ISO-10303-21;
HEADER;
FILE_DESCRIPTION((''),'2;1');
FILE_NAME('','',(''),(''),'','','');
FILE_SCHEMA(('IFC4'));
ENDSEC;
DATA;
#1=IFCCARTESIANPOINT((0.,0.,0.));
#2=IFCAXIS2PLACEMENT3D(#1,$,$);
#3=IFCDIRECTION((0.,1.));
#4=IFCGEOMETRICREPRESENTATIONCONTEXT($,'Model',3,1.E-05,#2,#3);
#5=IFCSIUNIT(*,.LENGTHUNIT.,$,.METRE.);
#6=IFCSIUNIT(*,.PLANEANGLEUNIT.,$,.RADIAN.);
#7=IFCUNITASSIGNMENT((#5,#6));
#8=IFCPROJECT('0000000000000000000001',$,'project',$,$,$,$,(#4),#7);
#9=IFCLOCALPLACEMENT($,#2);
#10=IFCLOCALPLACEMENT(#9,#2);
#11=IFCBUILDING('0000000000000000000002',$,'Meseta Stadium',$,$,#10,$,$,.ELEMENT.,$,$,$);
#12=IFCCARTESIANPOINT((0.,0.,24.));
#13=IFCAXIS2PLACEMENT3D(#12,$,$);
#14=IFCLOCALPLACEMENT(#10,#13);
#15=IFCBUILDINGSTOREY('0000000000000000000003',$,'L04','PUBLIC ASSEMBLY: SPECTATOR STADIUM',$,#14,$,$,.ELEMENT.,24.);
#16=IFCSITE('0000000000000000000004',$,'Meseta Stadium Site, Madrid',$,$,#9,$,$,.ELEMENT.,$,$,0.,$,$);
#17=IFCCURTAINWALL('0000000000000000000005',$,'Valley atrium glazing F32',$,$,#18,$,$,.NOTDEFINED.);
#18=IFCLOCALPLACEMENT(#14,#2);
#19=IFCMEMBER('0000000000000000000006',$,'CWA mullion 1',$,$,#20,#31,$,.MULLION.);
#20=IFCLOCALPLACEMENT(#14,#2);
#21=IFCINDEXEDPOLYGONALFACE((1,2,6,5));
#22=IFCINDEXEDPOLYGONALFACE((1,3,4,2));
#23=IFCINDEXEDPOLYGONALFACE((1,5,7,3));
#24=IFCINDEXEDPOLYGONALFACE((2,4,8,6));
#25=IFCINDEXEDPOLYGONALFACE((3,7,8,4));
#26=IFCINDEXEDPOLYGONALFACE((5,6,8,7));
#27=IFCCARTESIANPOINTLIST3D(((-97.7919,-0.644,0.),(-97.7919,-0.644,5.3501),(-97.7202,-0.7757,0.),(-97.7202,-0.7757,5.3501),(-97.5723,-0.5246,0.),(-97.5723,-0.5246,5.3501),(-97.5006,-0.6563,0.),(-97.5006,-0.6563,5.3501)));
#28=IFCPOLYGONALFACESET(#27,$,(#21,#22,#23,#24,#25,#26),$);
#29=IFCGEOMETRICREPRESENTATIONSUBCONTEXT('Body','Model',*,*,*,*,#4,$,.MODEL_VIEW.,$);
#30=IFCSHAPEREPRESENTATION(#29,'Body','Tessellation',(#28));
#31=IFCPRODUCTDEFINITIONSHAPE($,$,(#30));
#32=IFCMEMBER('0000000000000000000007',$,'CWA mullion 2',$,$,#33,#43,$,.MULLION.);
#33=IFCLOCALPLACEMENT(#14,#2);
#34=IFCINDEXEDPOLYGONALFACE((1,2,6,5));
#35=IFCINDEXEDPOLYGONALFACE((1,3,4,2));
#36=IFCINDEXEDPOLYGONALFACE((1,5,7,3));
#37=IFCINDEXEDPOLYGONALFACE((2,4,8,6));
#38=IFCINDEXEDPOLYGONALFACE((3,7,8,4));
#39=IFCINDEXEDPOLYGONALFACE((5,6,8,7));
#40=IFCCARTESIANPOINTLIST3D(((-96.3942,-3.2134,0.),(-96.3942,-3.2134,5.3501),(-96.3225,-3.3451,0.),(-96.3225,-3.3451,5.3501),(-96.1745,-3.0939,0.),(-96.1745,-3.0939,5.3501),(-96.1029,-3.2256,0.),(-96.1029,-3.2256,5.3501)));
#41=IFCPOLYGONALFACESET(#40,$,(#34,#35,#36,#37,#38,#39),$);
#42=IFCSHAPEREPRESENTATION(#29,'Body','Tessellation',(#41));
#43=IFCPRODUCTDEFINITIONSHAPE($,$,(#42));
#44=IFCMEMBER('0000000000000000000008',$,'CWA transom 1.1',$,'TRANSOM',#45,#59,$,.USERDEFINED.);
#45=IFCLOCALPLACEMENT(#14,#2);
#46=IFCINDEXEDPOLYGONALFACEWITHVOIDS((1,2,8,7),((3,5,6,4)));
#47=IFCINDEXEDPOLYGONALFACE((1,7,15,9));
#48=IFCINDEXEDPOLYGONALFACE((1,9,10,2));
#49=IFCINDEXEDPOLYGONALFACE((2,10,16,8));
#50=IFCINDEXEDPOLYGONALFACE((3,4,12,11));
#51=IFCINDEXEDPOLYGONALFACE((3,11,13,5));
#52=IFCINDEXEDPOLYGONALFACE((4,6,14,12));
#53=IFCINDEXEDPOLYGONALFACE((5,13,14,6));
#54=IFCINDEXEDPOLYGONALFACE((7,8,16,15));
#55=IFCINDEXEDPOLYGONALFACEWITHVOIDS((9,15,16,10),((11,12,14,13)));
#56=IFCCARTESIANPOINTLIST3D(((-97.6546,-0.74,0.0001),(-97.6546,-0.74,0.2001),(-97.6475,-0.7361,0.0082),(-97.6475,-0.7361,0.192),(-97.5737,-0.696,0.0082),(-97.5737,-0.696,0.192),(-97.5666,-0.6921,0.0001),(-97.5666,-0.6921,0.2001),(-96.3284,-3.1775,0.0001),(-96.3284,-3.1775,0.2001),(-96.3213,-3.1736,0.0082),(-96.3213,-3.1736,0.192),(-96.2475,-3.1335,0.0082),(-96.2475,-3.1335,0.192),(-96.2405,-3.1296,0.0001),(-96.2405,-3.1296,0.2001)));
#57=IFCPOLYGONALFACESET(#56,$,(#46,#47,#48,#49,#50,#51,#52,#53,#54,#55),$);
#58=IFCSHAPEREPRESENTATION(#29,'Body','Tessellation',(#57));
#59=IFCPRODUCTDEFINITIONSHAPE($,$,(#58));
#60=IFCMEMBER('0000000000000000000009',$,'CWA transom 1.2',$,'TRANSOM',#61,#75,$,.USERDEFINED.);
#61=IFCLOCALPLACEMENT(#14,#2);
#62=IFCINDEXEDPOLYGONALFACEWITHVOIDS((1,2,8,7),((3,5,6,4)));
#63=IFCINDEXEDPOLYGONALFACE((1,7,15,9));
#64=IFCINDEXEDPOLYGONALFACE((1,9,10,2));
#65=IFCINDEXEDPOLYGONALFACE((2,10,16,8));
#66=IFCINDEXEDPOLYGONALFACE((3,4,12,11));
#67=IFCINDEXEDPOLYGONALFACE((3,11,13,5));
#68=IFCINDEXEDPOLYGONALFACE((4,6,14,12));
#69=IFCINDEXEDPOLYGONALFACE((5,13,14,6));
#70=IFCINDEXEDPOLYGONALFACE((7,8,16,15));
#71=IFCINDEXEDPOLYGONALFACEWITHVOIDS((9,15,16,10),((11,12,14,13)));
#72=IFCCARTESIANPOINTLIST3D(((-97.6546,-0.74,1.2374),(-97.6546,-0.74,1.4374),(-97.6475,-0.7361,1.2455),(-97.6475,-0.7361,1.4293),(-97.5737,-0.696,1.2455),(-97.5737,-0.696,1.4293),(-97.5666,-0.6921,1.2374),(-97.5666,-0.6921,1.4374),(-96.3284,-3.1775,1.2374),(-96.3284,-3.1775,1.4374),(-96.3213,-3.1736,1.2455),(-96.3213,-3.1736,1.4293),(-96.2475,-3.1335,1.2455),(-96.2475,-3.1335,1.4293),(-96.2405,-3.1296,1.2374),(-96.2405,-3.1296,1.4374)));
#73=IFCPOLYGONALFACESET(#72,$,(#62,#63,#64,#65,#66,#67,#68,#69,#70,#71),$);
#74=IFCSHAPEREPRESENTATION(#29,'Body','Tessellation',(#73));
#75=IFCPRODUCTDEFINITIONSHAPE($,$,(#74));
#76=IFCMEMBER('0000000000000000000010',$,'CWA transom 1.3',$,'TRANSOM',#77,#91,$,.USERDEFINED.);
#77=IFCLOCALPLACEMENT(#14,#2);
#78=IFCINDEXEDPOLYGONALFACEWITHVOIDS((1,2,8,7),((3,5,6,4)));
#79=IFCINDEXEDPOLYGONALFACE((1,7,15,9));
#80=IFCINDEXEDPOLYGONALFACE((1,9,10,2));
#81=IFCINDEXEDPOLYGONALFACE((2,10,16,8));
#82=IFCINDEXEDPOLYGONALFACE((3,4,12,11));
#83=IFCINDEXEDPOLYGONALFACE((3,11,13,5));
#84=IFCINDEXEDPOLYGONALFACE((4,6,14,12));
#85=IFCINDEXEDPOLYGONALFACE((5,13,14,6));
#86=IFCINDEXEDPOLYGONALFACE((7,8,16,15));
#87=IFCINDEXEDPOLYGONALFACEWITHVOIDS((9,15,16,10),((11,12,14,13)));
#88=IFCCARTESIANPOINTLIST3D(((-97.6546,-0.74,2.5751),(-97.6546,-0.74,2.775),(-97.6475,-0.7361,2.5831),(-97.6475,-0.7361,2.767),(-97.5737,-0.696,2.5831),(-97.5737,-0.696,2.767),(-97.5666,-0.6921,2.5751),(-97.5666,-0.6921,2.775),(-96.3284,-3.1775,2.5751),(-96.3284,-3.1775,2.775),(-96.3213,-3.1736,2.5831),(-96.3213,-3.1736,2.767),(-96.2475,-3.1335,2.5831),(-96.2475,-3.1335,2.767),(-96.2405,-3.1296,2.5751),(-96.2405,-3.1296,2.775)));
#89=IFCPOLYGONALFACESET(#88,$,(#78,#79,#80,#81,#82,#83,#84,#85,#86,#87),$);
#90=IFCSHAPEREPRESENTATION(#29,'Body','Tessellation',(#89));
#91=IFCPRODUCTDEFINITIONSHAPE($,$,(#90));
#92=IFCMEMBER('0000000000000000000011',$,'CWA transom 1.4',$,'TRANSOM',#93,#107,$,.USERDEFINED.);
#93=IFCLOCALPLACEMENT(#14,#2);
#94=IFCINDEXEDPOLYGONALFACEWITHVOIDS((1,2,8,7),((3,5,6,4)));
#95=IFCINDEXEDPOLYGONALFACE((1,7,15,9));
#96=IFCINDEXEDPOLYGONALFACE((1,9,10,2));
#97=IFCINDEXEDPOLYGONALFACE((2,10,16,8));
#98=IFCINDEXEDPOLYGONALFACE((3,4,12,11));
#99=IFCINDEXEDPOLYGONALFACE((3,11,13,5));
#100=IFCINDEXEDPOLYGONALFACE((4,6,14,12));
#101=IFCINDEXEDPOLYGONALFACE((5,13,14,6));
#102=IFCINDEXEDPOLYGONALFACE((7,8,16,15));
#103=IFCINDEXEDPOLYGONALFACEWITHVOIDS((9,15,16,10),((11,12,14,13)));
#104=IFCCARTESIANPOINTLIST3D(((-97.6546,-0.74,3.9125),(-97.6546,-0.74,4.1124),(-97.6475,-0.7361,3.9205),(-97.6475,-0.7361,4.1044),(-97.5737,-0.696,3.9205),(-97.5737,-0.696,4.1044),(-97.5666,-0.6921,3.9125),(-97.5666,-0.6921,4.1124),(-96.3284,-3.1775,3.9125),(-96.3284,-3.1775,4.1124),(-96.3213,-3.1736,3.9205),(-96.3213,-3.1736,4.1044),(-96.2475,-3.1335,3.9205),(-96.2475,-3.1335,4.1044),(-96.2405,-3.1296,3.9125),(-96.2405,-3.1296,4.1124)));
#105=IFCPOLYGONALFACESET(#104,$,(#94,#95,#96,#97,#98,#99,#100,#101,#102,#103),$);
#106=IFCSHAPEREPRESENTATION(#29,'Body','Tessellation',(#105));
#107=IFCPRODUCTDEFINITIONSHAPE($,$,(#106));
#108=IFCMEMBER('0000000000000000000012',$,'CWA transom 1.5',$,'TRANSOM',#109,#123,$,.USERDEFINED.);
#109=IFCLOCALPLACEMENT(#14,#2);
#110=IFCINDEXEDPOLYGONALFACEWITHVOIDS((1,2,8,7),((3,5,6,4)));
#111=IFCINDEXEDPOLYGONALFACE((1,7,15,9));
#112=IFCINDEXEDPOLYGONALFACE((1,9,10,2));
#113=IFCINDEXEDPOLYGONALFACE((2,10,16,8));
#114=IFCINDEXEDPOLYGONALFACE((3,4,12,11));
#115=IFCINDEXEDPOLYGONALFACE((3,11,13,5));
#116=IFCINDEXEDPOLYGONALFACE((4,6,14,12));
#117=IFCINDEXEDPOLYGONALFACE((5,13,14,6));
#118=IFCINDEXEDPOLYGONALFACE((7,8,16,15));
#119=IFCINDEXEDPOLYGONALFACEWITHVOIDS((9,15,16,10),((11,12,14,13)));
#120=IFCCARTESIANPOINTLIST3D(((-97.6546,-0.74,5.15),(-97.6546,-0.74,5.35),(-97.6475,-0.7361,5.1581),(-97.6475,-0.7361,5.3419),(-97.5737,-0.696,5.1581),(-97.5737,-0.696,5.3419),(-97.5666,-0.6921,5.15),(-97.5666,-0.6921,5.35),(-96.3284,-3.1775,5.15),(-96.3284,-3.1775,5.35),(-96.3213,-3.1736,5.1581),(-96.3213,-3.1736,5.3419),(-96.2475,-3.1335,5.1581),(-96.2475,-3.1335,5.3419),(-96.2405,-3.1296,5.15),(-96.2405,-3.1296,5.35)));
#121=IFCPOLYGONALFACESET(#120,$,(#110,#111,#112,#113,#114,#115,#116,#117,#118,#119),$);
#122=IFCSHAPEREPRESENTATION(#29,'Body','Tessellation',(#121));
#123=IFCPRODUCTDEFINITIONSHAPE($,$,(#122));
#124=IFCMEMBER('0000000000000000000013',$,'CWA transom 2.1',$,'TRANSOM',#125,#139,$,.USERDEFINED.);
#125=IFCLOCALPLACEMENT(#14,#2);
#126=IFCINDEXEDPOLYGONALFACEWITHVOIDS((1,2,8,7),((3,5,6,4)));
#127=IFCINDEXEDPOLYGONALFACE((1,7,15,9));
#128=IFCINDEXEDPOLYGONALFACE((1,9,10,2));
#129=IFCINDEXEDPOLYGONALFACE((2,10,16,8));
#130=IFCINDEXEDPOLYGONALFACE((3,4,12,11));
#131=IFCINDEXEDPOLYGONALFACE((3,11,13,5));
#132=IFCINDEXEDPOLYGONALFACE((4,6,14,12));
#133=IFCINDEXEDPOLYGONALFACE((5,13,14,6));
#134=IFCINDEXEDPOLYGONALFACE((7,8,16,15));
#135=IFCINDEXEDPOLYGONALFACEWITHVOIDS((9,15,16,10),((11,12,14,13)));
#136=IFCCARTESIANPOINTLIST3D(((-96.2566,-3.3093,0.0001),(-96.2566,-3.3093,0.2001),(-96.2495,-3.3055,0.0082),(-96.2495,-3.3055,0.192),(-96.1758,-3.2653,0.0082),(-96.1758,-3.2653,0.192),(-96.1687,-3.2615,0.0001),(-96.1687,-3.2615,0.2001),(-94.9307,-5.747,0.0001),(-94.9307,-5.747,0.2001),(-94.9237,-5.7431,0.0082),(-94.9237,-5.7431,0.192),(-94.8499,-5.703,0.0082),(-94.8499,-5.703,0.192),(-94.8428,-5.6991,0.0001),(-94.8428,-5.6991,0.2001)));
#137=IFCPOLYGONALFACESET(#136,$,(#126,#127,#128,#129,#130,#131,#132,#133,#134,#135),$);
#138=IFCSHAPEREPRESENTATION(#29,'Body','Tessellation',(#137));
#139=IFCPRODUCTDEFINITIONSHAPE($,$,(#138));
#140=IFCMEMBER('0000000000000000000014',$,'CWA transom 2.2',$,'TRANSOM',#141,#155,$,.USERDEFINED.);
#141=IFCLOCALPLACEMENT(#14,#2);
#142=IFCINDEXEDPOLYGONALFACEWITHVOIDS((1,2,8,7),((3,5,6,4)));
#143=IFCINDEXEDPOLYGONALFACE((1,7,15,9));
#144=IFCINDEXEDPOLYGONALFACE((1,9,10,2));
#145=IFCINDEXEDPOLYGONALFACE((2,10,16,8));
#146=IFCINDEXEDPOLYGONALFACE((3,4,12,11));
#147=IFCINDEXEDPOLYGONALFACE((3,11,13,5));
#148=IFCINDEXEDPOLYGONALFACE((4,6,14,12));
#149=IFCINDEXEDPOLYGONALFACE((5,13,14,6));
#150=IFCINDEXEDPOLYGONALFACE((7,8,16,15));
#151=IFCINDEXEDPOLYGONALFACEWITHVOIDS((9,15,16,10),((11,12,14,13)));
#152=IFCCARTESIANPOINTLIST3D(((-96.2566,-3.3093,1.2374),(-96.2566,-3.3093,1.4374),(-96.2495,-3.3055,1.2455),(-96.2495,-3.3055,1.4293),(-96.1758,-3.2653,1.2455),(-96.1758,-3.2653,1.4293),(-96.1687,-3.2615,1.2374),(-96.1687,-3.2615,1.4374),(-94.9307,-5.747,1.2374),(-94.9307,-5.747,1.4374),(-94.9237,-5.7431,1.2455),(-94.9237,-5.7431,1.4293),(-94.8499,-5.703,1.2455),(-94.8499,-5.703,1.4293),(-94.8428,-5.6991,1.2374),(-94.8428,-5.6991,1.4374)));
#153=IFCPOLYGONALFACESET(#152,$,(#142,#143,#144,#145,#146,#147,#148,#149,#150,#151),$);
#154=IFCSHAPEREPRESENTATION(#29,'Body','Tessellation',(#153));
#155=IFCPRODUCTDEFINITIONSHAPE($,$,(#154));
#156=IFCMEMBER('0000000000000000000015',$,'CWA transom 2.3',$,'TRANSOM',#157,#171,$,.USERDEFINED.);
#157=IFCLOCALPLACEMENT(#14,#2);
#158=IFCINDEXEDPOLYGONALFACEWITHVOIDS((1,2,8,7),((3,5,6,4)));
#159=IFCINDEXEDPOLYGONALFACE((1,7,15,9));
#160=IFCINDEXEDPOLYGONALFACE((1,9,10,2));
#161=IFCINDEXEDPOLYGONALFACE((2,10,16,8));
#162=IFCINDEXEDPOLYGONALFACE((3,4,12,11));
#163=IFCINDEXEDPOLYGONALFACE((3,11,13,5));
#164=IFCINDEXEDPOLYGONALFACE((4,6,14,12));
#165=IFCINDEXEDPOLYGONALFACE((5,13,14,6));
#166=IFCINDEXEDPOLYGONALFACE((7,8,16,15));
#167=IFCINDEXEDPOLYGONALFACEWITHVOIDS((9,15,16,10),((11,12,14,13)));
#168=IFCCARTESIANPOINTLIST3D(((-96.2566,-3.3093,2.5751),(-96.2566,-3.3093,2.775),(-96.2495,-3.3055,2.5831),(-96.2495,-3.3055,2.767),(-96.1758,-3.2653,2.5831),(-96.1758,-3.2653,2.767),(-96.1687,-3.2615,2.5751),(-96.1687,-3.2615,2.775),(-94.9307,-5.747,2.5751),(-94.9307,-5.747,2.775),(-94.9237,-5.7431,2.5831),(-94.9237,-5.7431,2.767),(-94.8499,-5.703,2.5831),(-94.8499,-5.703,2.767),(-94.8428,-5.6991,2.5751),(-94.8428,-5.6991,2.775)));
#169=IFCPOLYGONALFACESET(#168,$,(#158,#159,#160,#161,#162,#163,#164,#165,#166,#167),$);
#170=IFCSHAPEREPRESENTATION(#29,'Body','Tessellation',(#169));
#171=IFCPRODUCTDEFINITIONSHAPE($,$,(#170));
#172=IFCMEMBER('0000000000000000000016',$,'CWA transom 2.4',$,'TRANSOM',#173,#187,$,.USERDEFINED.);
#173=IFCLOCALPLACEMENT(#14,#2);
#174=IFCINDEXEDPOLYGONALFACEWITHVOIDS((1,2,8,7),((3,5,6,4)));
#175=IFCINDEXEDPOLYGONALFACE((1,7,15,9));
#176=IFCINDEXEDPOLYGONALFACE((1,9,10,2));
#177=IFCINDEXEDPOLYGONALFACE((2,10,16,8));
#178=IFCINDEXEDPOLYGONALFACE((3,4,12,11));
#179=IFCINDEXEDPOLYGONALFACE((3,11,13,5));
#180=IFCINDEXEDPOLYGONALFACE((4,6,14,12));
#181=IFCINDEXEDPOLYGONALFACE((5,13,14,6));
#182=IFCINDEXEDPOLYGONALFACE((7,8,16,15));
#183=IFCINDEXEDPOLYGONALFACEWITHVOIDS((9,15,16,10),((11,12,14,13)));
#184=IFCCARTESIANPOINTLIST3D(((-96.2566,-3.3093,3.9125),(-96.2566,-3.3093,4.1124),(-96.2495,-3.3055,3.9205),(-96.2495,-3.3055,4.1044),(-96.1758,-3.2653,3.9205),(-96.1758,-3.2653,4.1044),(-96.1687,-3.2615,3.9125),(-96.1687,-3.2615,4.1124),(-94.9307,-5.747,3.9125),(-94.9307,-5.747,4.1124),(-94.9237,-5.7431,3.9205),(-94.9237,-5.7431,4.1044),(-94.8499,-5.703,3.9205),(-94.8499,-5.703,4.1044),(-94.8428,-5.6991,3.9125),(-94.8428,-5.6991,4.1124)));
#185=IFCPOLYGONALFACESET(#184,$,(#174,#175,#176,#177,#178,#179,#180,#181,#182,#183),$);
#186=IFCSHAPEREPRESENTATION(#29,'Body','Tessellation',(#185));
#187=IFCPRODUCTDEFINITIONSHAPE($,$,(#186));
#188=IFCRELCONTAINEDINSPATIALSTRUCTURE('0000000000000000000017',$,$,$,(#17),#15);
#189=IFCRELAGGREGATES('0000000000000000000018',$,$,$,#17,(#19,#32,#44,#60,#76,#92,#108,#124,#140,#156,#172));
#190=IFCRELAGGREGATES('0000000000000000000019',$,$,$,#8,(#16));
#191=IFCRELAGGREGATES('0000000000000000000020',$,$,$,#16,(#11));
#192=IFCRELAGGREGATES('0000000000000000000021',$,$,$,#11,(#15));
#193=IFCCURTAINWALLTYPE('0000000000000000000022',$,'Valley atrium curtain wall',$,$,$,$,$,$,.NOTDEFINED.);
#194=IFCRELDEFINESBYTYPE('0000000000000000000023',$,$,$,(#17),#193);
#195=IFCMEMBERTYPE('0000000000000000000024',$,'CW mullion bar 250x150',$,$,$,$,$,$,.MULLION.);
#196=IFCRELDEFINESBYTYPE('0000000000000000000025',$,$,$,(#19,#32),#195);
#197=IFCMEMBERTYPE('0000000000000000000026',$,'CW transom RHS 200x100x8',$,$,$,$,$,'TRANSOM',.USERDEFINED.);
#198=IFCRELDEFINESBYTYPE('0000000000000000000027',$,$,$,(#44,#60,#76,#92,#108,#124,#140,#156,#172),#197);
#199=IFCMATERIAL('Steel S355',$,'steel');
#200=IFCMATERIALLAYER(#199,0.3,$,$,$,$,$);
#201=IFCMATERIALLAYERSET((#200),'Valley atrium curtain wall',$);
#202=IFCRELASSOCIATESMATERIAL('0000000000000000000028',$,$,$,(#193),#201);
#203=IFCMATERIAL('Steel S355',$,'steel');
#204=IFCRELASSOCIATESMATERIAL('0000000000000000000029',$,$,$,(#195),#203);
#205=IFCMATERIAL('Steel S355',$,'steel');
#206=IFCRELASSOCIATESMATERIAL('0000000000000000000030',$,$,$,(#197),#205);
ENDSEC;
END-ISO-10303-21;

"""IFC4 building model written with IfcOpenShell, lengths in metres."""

from ifc_helpers import new_model, si_unit, direction, frame, origin, origin_2d, place, context, subcontext, project, spatial, rectangle, hollow_rectangle, extrude, material, layer, layer_set, material_profile, profile_set, type_object, element, aggregate, save


model = new_model("IFC4")

# Units and contexts
model_context = context("Model", 3, precision=1e-05, world=origin(), true_north=direction((0.0, 1.0)))
body_context = subcontext(model_context, "Body", "Model", "MODEL_VIEW")
ifc_project = project(units=[si_unit("LENGTHUNIT", "METRE"), si_unit("PLANEANGLEUNIT", "RADIAN")], contexts=[model_context])

# Site, building, storey
site_placement = place(None, origin())
site = spatial("IfcSite", under=ifc_project, at=site_placement, Name="Meseta Stadium Site, Madrid", CompositionType="ELEMENT", RefElevation=0.0)
building_placement = place(site_placement, origin())
building = spatial("IfcBuilding", under=site, at=building_placement, Name="Meseta Stadium", CompositionType="ELEMENT")
storey_placement = place(building_placement, frame((0.0, 0.0, 24.0)))
storey = spatial("IfcBuildingStorey", under=building, at=storey_placement, Name="L04", Description="PUBLIC ASSEMBLY: SPECTATOR STADIUM", CompositionType="ELEMENT", Elevation=24.0)

# Curtain wall, members
ifc_material_1 = material(Name="Steel S355", Category="steel")
ifc_layer_1 = layer(ifc_material_1, 0.3)
ifc_layer_set_1 = layer_set([ifc_layer_1], Name="Valley atrium curtain wall")
curtain_wall_type = type_object("IfcCurtainWallType", Name="Valley atrium curtain wall", PredefinedType="NOTDEFINED", material=ifc_layer_set_1)
curtain_wall_placement = place(storey_placement, origin())
curtain_wall = element("IfcCurtainWall", 1, at=curtain_wall_placement, inside=storey, type_object=curtain_wall_type, Name="Valley atrium glazing F32", PredefinedType="NOTDEFINED")
ifc_material_2 = material(Name="Steel S355", Category="steel")
ifc_material_profile_1 = material_profile(ifc_material_2, rectangle(XDim=0.25, YDim=0.1499, at=origin_2d()), Name="CW 250x150")
ifc_profile_set_1 = profile_set([ifc_material_profile_1], Name="Steel S355")
member_type_1 = type_object("IfcMemberType", Name="CW mullion bar 250x150", PredefinedType="MULLION", material=ifc_profile_set_1)
member_1_placement = place(storey_placement, frame((-97.6462, -0.6501, 0.0), z_axis=(0.0, 0.0, 1.0), x_axis=(0.878432, 0.477867, 0.0)))
member_1 = element("IfcMember", 2, at=member_1_placement, type_object=member_type_1, Name="CWA mullion 1", PredefinedType="MULLION", context=body_context, shape_type="SweptSolid", body=[
    extrude(rectangle(XDim=0.25, YDim=0.1499, at=origin_2d()), origin(), (0.0, 0.0, 1.0), 5.3501),
])
member_2_placement = place(storey_placement, frame((-96.2485, -3.2195, 0.0), z_axis=(0.0, 0.0, 1.0), x_axis=(0.878432, 0.477867, 0.0)))
member_2 = element("IfcMember", 3, at=member_2_placement, type_object=member_type_1, Name="CWA mullion 2", PredefinedType="MULLION", context=body_context, shape_type="SweptSolid", body=[
    extrude(rectangle(XDim=0.25, YDim=0.1499, at=origin_2d()), origin(), (0.0, 0.0, 1.0), 5.3501),
])
ifc_material_3 = material(Name="Steel S355", Category="steel")
ifc_material_profile_2 = material_profile(ifc_material_3, hollow_rectangle(XDim=0.1001, YDim=0.2, WallThickness=0.0081, at=origin_2d()), Name="RHS 200x100x8")
ifc_profile_set_2 = profile_set([ifc_material_profile_2], Name="Steel S355")
member_type_2 = type_object("IfcMemberType", Name="CW transom RHS 200x100x8", ElementType="TRANSOM", PredefinedType="USERDEFINED", material=ifc_profile_set_2)
member_3_placement = place(storey_placement, frame((-97.6106, -0.7161, 0.1001), z_axis=(0.477915, -0.878406, 0.0), x_axis=(0.878406, 0.477915, 0.0)))
member_3 = element("IfcMember", 4, at=member_3_placement, type_object=member_type_2, Name="CWA transom 1.1", ObjectType="TRANSOM", PredefinedType="USERDEFINED", context=body_context, shape_type="SweptSolid", body=[
    extrude(hollow_rectangle(XDim=0.1001, YDim=0.2, WallThickness=0.0081, at=origin_2d()), origin(), (0.0, 0.0, 1.0), 2.7749),
])
member_4_placement = place(storey_placement, frame((-97.6106, -0.7161, 1.3374), z_axis=(0.477915, -0.878406, 0.0), x_axis=(0.878406, 0.477915, 0.0)))
member_4 = element("IfcMember", 5, at=member_4_placement, type_object=member_type_2, Name="CWA transom 1.2", ObjectType="TRANSOM", PredefinedType="USERDEFINED", context=body_context, shape_type="SweptSolid", body=[
    extrude(hollow_rectangle(XDim=0.1001, YDim=0.2, WallThickness=0.0081, at=origin_2d()), origin(), (0.0, 0.0, 1.0), 2.7749),
])
member_5_placement = place(storey_placement, frame((-97.6106, -0.7161, 2.675), z_axis=(0.477915, -0.878406, 0.0), x_axis=(0.878406, 0.477915, 0.0)))
member_5 = element("IfcMember", 6, at=member_5_placement, type_object=member_type_2, Name="CWA transom 1.3", ObjectType="TRANSOM", PredefinedType="USERDEFINED", context=body_context, shape_type="SweptSolid", body=[
    extrude(hollow_rectangle(XDim=0.1001, YDim=0.2, WallThickness=0.0081, at=origin_2d()), origin(), (0.0, 0.0, 1.0), 2.7749),
])
member_6_placement = place(storey_placement, frame((-97.6106, -0.7161, 4.0125), z_axis=(0.477915, -0.878406, 0.0), x_axis=(0.878406, 0.477915, 0.0)))
member_6 = element("IfcMember", 7, at=member_6_placement, type_object=member_type_2, Name="CWA transom 1.4", ObjectType="TRANSOM", PredefinedType="USERDEFINED", context=body_context, shape_type="SweptSolid", body=[
    extrude(hollow_rectangle(XDim=0.1001, YDim=0.2, WallThickness=0.0081, at=origin_2d()), origin(), (0.0, 0.0, 1.0), 2.7749),
])
member_7_placement = place(storey_placement, frame((-97.6106, -0.7161, 5.25), z_axis=(0.477915, -0.878406, 0.0), x_axis=(0.878406, 0.477915, 0.0)))
member_7 = element("IfcMember", 8, at=member_7_placement, type_object=member_type_2, Name="CWA transom 1.5", ObjectType="TRANSOM", PredefinedType="USERDEFINED", context=body_context, shape_type="SweptSolid", body=[
    extrude(hollow_rectangle(XDim=0.1001, YDim=0.2, WallThickness=0.0081, at=origin_2d()), origin(), (0.0, 0.0, 1.0), 2.7749),
])
member_8_placement = place(storey_placement, frame((-96.2126, -3.2854, 0.1001), z_axis=(0.47781, -0.878463, 0.0), x_axis=(0.878463, 0.47781, 0.0)))
member_8 = element("IfcMember", 9, at=member_8_placement, type_object=member_type_2, Name="CWA transom 2.1", ObjectType="TRANSOM", PredefinedType="USERDEFINED", context=body_context, shape_type="SweptSolid", body=[
    extrude(hollow_rectangle(XDim=0.1001, YDim=0.2, WallThickness=0.0081, at=origin_2d()), origin(), (0.0, 0.0, 1.0), 2.7749),
])
member_9_placement = place(storey_placement, frame((-96.2126, -3.2854, 1.3374), z_axis=(0.47781, -0.878463, 0.0), x_axis=(0.878463, 0.47781, 0.0)))
member_9 = element("IfcMember", 10, at=member_9_placement, type_object=member_type_2, Name="CWA transom 2.2", ObjectType="TRANSOM", PredefinedType="USERDEFINED", context=body_context, shape_type="SweptSolid", body=[
    extrude(hollow_rectangle(XDim=0.1001, YDim=0.2, WallThickness=0.0081, at=origin_2d()), origin(), (0.0, 0.0, 1.0), 2.7749),
])
member_10_placement = place(storey_placement, frame((-96.2126, -3.2854, 2.675), z_axis=(0.47781, -0.878463, 0.0), x_axis=(0.878463, 0.47781, 0.0)))
member_10 = element("IfcMember", 11, at=member_10_placement, type_object=member_type_2, Name="CWA transom 2.3", ObjectType="TRANSOM", PredefinedType="USERDEFINED", context=body_context, shape_type="SweptSolid", body=[
    extrude(hollow_rectangle(XDim=0.1001, YDim=0.2, WallThickness=0.0081, at=origin_2d()), origin(), (0.0, 0.0, 1.0), 2.7749),
])
member_11_placement = place(storey_placement, frame((-96.2126, -3.2854, 4.0125), z_axis=(0.47781, -0.878463, 0.0), x_axis=(0.878463, 0.47781, 0.0)))
member_11 = element("IfcMember", 12, at=member_11_placement, type_object=member_type_2, Name="CWA transom 2.4", ObjectType="TRANSOM", PredefinedType="USERDEFINED", context=body_context, shape_type="SweptSolid", body=[
    extrude(hollow_rectangle(XDim=0.1001, YDim=0.2, WallThickness=0.0081, at=origin_2d()), origin(), (0.0, 0.0, 1.0), 2.7749),
])

aggregate(curtain_wall, [member_1, member_2, member_3, member_4, member_5, member_6, member_7, member_8, member_9, member_10, member_11])

save(model, "model.ifc")
